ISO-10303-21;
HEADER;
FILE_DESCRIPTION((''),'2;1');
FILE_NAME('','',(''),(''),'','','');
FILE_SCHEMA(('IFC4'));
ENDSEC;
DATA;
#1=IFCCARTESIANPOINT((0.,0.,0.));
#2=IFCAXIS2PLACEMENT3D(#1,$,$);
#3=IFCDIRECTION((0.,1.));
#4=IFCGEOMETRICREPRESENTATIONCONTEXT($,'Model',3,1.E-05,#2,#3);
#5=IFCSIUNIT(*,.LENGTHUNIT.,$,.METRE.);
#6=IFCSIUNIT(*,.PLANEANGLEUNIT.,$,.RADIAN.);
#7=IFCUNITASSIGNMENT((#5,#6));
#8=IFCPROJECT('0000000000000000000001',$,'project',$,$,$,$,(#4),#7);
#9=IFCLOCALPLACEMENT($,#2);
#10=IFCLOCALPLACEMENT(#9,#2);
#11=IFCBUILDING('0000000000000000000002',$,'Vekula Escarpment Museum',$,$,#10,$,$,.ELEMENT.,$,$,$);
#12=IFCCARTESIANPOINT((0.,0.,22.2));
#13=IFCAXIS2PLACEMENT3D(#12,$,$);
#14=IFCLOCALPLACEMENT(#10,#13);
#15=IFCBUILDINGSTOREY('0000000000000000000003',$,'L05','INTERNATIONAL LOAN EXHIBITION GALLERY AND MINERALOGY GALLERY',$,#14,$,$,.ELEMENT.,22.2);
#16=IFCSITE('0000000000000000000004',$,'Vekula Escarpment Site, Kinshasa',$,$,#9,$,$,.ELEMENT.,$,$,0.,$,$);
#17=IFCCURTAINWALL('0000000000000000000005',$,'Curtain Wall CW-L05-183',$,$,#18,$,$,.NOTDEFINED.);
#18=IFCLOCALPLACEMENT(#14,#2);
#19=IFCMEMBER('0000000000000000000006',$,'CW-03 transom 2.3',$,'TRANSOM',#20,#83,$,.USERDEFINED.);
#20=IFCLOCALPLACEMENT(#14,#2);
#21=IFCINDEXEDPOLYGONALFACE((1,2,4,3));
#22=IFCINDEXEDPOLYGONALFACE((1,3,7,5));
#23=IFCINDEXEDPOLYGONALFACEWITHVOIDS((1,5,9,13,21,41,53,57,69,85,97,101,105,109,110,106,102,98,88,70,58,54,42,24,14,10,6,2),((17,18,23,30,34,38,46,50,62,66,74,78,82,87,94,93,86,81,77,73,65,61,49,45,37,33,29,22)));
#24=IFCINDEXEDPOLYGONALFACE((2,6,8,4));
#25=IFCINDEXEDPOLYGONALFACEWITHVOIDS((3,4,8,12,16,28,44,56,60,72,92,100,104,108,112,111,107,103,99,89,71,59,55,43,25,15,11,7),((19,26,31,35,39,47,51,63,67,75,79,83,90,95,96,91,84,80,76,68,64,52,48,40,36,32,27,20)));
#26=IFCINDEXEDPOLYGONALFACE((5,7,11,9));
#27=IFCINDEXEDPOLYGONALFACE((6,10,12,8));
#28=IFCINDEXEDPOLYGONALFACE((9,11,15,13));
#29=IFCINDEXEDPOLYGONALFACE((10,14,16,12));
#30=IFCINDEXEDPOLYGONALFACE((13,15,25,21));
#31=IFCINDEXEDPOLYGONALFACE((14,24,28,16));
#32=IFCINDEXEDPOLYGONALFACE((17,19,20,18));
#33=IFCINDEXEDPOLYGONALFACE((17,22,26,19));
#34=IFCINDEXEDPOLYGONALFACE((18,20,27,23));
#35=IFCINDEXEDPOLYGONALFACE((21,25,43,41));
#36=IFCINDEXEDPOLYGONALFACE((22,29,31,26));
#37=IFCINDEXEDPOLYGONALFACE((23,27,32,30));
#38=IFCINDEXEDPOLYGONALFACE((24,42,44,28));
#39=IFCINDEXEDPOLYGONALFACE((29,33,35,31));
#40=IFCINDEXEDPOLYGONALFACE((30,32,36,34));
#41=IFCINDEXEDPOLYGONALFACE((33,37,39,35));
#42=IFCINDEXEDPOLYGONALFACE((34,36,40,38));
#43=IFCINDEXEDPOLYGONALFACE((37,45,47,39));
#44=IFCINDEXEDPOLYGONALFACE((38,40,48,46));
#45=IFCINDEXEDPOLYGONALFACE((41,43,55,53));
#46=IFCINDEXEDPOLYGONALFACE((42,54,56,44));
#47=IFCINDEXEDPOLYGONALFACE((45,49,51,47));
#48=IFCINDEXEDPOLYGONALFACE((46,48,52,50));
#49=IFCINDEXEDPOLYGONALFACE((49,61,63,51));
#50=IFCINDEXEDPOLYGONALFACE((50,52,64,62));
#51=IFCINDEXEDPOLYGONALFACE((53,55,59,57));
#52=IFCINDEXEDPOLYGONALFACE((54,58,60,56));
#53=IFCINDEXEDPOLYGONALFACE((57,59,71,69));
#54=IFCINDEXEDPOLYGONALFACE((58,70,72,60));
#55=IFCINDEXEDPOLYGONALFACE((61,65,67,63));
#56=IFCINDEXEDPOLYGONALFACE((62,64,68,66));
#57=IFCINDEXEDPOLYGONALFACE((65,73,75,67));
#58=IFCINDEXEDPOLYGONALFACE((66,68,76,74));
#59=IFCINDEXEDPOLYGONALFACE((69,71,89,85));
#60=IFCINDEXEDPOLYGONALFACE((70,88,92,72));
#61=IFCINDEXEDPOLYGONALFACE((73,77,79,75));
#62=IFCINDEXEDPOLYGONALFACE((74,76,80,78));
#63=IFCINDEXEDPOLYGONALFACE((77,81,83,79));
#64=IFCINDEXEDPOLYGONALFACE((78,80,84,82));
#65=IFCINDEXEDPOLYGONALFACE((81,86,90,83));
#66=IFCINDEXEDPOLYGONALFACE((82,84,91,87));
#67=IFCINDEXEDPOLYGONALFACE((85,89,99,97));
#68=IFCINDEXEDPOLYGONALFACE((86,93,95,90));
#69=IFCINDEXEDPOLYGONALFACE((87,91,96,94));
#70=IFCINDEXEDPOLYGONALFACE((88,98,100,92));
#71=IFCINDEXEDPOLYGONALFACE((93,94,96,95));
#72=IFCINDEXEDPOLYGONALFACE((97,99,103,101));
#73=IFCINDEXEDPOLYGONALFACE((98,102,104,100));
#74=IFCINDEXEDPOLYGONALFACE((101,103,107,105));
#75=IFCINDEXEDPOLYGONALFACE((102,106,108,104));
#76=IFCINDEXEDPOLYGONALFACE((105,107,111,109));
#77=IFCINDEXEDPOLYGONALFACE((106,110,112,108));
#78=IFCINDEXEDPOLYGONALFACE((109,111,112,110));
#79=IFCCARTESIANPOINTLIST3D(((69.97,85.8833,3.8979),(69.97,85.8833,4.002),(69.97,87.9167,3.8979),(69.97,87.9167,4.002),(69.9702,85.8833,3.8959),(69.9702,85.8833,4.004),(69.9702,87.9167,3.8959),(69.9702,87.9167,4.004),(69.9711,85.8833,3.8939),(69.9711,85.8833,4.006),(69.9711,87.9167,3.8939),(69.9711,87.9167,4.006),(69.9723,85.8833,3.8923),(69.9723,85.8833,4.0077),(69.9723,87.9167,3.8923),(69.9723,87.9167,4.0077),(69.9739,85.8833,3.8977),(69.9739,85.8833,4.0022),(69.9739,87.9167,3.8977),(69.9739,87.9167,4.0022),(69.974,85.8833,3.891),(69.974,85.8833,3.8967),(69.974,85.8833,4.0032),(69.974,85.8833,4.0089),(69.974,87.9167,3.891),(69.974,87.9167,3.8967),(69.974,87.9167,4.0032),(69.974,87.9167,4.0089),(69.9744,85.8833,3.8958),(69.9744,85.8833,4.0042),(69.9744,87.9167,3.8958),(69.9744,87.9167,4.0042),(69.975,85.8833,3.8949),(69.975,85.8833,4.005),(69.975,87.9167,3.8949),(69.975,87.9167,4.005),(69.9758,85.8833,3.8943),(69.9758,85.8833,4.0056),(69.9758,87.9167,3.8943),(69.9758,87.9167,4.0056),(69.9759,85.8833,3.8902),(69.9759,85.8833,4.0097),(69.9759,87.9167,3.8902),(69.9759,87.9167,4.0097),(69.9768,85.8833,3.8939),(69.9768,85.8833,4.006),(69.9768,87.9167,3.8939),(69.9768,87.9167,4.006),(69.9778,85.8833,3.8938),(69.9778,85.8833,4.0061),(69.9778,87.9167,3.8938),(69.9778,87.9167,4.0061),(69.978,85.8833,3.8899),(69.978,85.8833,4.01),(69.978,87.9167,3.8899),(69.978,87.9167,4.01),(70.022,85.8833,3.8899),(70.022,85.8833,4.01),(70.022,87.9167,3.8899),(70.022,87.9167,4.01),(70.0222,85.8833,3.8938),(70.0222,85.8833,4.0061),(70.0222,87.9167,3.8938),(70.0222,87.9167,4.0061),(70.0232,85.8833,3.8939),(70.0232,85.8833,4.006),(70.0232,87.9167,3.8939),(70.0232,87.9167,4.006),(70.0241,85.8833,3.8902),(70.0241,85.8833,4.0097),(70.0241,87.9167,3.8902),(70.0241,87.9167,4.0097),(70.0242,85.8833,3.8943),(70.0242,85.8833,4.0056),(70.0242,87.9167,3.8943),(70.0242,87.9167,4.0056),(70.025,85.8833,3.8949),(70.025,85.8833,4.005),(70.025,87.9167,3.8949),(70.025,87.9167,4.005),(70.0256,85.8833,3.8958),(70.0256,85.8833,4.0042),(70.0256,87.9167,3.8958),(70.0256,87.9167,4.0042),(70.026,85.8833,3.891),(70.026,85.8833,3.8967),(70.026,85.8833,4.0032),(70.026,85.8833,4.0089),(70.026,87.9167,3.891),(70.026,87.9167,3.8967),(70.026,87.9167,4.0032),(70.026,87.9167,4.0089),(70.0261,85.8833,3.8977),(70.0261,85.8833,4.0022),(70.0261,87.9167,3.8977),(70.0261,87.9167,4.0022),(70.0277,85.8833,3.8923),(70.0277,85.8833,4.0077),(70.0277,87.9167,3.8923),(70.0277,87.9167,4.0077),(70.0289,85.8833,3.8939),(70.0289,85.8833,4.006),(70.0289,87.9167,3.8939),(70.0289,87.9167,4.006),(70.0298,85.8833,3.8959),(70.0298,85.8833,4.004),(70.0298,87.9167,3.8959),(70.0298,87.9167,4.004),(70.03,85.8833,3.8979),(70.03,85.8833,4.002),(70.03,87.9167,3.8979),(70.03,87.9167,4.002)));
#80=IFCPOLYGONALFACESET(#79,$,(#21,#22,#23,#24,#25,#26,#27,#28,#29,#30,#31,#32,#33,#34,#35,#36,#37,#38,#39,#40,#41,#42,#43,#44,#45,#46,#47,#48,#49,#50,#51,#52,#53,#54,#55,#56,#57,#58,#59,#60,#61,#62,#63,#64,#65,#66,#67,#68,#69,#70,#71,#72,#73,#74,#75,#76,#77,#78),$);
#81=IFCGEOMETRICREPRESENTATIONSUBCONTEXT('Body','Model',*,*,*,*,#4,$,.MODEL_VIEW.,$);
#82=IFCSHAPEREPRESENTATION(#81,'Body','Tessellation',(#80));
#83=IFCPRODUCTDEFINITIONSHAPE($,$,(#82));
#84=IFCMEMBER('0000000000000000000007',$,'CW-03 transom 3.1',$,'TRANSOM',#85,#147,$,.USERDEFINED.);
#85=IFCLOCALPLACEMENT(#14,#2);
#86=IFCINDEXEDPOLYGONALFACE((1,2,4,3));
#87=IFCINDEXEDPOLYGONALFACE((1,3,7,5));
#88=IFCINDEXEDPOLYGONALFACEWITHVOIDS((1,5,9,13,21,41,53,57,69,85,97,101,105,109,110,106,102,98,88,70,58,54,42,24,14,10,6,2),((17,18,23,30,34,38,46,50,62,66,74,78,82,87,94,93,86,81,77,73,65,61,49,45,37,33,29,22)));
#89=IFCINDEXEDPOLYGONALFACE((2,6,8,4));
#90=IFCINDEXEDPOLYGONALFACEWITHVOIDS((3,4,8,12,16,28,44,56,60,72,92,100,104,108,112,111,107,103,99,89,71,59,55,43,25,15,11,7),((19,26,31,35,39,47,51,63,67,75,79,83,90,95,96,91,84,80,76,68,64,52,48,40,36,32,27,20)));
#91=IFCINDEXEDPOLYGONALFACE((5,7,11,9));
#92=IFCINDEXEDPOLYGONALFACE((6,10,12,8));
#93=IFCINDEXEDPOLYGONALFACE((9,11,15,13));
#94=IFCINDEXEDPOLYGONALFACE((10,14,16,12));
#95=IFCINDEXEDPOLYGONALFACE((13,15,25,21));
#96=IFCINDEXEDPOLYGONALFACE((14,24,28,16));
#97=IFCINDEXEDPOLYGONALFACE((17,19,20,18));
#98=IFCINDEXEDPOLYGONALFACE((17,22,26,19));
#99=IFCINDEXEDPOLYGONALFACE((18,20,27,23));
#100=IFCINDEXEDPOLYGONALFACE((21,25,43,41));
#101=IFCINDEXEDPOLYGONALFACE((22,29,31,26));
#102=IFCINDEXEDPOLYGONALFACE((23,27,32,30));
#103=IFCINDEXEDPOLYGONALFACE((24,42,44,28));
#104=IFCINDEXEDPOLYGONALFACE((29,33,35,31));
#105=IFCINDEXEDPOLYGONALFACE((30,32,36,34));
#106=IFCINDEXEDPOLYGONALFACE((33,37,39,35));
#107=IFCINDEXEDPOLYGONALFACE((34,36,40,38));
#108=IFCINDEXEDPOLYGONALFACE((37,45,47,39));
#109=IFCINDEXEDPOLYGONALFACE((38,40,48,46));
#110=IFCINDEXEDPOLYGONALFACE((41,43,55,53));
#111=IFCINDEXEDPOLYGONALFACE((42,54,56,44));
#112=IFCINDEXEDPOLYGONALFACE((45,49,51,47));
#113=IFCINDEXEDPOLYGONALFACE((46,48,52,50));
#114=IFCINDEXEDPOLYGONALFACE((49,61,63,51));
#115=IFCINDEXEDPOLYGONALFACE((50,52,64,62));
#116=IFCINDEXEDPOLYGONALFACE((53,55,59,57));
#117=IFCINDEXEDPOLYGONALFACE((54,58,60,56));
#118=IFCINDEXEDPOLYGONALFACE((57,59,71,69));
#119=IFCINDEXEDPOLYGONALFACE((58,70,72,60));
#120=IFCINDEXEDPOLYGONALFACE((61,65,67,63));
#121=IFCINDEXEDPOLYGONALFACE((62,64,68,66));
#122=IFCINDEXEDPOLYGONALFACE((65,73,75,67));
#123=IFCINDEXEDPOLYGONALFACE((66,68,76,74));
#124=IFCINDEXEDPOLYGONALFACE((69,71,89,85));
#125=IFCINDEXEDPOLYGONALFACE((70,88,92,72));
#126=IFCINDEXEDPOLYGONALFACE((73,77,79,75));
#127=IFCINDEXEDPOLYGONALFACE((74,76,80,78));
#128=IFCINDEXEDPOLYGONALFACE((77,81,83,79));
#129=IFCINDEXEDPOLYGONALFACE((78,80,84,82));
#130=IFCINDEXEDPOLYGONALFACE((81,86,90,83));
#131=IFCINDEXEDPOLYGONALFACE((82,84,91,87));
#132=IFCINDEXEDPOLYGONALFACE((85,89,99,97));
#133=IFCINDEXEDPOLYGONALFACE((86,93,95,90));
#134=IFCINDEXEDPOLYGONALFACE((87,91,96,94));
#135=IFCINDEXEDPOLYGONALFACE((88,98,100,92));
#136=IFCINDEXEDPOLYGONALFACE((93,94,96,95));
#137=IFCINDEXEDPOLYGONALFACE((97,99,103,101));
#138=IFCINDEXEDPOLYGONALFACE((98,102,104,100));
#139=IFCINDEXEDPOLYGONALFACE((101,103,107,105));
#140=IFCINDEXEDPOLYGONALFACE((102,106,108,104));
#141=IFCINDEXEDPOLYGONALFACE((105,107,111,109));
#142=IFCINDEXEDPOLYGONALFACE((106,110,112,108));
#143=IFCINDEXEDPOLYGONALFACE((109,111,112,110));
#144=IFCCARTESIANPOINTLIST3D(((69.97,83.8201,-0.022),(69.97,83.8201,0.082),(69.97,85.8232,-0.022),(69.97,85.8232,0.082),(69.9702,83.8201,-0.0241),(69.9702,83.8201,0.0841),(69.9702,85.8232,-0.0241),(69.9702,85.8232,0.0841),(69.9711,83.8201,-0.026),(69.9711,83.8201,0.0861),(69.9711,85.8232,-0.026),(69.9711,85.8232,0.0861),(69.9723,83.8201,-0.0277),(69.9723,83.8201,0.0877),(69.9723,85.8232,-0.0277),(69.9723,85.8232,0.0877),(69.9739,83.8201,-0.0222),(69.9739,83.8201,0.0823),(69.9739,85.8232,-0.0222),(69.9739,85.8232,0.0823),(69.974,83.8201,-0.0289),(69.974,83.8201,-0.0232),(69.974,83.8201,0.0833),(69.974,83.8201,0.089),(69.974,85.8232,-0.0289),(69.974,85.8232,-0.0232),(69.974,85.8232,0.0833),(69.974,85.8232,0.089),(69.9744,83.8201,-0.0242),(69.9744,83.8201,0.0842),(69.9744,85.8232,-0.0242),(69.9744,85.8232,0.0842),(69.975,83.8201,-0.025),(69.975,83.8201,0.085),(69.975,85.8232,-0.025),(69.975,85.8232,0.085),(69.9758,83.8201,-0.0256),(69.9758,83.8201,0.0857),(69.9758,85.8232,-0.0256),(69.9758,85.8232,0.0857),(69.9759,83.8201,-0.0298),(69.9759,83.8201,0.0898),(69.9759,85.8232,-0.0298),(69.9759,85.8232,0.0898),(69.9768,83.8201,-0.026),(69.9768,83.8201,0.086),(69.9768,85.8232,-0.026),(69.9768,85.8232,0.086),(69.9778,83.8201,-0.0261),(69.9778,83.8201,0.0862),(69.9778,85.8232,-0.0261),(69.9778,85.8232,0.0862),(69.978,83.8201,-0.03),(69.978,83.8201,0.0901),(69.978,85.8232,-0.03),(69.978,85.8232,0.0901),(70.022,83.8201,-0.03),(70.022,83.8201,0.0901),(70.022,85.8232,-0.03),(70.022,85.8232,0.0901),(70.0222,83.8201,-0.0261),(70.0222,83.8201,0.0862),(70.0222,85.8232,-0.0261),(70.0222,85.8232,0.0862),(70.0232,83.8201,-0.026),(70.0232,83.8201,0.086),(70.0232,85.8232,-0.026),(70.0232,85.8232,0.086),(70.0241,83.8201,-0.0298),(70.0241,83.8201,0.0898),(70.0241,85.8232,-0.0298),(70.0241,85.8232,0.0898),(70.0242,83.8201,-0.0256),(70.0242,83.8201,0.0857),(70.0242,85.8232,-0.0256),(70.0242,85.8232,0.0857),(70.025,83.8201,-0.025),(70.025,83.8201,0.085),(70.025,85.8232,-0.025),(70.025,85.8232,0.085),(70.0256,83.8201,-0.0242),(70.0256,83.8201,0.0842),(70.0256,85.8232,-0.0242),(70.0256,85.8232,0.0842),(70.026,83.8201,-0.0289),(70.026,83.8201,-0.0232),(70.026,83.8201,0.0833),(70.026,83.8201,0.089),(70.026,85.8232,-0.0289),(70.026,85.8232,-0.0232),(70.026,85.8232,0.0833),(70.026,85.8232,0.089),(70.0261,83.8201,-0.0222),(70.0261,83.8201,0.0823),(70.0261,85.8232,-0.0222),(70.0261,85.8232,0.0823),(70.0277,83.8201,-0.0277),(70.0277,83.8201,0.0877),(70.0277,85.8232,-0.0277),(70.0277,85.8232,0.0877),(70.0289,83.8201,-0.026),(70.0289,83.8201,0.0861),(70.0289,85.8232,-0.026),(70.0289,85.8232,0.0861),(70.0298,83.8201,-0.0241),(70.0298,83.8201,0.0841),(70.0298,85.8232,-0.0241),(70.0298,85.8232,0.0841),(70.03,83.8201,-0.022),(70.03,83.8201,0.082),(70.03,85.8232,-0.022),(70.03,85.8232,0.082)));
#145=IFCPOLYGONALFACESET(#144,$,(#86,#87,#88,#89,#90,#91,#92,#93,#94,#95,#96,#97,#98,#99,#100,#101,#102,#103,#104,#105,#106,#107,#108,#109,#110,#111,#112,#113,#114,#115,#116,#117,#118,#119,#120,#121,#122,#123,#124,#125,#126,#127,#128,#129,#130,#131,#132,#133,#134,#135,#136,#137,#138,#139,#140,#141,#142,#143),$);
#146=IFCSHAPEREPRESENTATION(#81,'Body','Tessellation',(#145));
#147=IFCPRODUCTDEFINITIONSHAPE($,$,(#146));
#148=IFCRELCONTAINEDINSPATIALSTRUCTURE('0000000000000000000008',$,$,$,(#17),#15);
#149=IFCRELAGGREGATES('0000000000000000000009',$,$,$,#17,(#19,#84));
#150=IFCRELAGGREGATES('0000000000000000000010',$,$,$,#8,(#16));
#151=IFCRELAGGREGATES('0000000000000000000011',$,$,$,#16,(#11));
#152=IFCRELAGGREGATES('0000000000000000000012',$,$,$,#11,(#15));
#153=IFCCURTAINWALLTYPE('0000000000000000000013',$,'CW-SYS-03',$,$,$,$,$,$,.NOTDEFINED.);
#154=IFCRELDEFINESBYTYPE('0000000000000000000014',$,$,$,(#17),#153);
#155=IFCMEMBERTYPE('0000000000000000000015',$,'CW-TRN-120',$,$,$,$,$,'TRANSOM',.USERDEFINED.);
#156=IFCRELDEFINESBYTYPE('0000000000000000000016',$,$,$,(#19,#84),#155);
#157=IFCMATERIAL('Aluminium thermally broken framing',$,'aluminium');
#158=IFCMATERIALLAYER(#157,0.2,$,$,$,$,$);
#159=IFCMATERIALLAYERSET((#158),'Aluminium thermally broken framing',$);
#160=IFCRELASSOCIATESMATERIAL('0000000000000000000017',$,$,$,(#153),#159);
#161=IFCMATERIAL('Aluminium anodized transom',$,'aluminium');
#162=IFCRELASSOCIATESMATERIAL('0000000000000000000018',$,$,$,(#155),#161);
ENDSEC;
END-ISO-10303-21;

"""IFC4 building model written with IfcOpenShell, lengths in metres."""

from ifc_helpers import new_model, si_unit, direction, frame, origin, origin_2d, place, context, subcontext, project, spatial, hollow_rectangle, extrude, material, layer, layer_set, material_profile, profile_set, type_object, element, aggregate, save


model = new_model("IFC4")

# Units and contexts
model_context = context("Model", 3, precision=1e-05, world=origin(), true_north=direction((0.0, 1.0)))
body_context = subcontext(model_context, "Body", "Model", "MODEL_VIEW")
ifc_project = project(units=[si_unit("LENGTHUNIT", "METRE"), si_unit("PLANEANGLEUNIT", "RADIAN")], contexts=[model_context])

# Site, building, storey
site_placement = place(None, origin())
site = spatial("IfcSite", under=ifc_project, at=site_placement, Name="Vekula Escarpment Site, Kinshasa", CompositionType="ELEMENT", RefElevation=0.0)
building_placement = place(site_placement, origin())
building = spatial("IfcBuilding", under=site, at=building_placement, Name="Vekula Escarpment Museum", CompositionType="ELEMENT")
storey_placement = place(building_placement, frame((0.0, 0.0, 22.2)))
storey = spatial("IfcBuildingStorey", under=building, at=storey_placement, Name="L05", Description="INTERNATIONAL LOAN EXHIBITION GALLERY AND MINERALOGY GALLERY", CompositionType="ELEMENT", Elevation=22.2)

# Curtain wall, members
ifc_material_1 = material(Name="Aluminium thermally broken framing", Category="aluminium")
ifc_layer_1 = layer(ifc_material_1, 0.2)
ifc_layer_set_1 = layer_set([ifc_layer_1], Name="Aluminium thermally broken framing")
curtain_wall_type = type_object("IfcCurtainWallType", Name="CW-SYS-03", PredefinedType="NOTDEFINED", material=ifc_layer_set_1)
curtain_wall_placement = place(storey_placement, origin())
curtain_wall = element("IfcCurtainWall", 1, at=curtain_wall_placement, inside=storey, type_object=curtain_wall_type, Name="Curtain Wall CW-L05-183", PredefinedType="NOTDEFINED")
ifc_material_2 = material(Name="Aluminium anodized transom", Category="aluminium")
ifc_material_profile_1 = material_profile(ifc_material_2, hollow_rectangle(XDim=0.0601, YDim=0.1201, WallThickness=0.0039, InnerFilletRadius=0.0039, OuterFilletRadius=0.0081, at=origin_2d()), Name="ALU 120x60x4")
ifc_profile_set_1 = profile_set([ifc_material_profile_1], Name="Aluminium anodized transom")
member_type_1 = type_object("IfcMemberType", Name="CW-TRN-120", ElementType="TRANSOM", PredefinedType="USERDEFINED", material=ifc_profile_set_1)
member_1_placement = place(storey_placement, frame((70.0, 87.9167, 3.95), z_axis=(0.0, -1.0, 0.0), x_axis=(1.0, 0.0, 0.0)))
member_1 = element("IfcMember", 2, at=member_1_placement, type_object=member_type_1, Name="CW-03 transom 2.3", ObjectType="TRANSOM", PredefinedType="USERDEFINED", context=body_context, shape_type="SweptSolid", body=[
    extrude(hollow_rectangle(XDim=0.0601, YDim=0.1201, WallThickness=0.0039, InnerFilletRadius=0.0039, OuterFilletRadius=0.0081, at=origin_2d()), origin(), (0.0, 0.0, 1.0), 2.0334),
])
member_2_placement = place(storey_placement, frame((70.0, 85.8232, 0.03), z_axis=(0.0, -1.0, 0.0), x_axis=(1.0, 0.0, 0.0)))
member_2 = element("IfcMember", 3, at=member_2_placement, type_object=member_type_1, Name="CW-03 transom 3.1", ObjectType="TRANSOM", PredefinedType="USERDEFINED", context=body_context, shape_type="SweptSolid", body=[
    extrude(hollow_rectangle(XDim=0.0601, YDim=0.1201, WallThickness=0.0039, InnerFilletRadius=0.0039, OuterFilletRadius=0.0081, at=origin_2d()), origin(), (0.0, 0.0, 1.0), 2.0032),
])
aggregate(curtain_wall, [member_1, member_2])

save(model, "model.ifc")
